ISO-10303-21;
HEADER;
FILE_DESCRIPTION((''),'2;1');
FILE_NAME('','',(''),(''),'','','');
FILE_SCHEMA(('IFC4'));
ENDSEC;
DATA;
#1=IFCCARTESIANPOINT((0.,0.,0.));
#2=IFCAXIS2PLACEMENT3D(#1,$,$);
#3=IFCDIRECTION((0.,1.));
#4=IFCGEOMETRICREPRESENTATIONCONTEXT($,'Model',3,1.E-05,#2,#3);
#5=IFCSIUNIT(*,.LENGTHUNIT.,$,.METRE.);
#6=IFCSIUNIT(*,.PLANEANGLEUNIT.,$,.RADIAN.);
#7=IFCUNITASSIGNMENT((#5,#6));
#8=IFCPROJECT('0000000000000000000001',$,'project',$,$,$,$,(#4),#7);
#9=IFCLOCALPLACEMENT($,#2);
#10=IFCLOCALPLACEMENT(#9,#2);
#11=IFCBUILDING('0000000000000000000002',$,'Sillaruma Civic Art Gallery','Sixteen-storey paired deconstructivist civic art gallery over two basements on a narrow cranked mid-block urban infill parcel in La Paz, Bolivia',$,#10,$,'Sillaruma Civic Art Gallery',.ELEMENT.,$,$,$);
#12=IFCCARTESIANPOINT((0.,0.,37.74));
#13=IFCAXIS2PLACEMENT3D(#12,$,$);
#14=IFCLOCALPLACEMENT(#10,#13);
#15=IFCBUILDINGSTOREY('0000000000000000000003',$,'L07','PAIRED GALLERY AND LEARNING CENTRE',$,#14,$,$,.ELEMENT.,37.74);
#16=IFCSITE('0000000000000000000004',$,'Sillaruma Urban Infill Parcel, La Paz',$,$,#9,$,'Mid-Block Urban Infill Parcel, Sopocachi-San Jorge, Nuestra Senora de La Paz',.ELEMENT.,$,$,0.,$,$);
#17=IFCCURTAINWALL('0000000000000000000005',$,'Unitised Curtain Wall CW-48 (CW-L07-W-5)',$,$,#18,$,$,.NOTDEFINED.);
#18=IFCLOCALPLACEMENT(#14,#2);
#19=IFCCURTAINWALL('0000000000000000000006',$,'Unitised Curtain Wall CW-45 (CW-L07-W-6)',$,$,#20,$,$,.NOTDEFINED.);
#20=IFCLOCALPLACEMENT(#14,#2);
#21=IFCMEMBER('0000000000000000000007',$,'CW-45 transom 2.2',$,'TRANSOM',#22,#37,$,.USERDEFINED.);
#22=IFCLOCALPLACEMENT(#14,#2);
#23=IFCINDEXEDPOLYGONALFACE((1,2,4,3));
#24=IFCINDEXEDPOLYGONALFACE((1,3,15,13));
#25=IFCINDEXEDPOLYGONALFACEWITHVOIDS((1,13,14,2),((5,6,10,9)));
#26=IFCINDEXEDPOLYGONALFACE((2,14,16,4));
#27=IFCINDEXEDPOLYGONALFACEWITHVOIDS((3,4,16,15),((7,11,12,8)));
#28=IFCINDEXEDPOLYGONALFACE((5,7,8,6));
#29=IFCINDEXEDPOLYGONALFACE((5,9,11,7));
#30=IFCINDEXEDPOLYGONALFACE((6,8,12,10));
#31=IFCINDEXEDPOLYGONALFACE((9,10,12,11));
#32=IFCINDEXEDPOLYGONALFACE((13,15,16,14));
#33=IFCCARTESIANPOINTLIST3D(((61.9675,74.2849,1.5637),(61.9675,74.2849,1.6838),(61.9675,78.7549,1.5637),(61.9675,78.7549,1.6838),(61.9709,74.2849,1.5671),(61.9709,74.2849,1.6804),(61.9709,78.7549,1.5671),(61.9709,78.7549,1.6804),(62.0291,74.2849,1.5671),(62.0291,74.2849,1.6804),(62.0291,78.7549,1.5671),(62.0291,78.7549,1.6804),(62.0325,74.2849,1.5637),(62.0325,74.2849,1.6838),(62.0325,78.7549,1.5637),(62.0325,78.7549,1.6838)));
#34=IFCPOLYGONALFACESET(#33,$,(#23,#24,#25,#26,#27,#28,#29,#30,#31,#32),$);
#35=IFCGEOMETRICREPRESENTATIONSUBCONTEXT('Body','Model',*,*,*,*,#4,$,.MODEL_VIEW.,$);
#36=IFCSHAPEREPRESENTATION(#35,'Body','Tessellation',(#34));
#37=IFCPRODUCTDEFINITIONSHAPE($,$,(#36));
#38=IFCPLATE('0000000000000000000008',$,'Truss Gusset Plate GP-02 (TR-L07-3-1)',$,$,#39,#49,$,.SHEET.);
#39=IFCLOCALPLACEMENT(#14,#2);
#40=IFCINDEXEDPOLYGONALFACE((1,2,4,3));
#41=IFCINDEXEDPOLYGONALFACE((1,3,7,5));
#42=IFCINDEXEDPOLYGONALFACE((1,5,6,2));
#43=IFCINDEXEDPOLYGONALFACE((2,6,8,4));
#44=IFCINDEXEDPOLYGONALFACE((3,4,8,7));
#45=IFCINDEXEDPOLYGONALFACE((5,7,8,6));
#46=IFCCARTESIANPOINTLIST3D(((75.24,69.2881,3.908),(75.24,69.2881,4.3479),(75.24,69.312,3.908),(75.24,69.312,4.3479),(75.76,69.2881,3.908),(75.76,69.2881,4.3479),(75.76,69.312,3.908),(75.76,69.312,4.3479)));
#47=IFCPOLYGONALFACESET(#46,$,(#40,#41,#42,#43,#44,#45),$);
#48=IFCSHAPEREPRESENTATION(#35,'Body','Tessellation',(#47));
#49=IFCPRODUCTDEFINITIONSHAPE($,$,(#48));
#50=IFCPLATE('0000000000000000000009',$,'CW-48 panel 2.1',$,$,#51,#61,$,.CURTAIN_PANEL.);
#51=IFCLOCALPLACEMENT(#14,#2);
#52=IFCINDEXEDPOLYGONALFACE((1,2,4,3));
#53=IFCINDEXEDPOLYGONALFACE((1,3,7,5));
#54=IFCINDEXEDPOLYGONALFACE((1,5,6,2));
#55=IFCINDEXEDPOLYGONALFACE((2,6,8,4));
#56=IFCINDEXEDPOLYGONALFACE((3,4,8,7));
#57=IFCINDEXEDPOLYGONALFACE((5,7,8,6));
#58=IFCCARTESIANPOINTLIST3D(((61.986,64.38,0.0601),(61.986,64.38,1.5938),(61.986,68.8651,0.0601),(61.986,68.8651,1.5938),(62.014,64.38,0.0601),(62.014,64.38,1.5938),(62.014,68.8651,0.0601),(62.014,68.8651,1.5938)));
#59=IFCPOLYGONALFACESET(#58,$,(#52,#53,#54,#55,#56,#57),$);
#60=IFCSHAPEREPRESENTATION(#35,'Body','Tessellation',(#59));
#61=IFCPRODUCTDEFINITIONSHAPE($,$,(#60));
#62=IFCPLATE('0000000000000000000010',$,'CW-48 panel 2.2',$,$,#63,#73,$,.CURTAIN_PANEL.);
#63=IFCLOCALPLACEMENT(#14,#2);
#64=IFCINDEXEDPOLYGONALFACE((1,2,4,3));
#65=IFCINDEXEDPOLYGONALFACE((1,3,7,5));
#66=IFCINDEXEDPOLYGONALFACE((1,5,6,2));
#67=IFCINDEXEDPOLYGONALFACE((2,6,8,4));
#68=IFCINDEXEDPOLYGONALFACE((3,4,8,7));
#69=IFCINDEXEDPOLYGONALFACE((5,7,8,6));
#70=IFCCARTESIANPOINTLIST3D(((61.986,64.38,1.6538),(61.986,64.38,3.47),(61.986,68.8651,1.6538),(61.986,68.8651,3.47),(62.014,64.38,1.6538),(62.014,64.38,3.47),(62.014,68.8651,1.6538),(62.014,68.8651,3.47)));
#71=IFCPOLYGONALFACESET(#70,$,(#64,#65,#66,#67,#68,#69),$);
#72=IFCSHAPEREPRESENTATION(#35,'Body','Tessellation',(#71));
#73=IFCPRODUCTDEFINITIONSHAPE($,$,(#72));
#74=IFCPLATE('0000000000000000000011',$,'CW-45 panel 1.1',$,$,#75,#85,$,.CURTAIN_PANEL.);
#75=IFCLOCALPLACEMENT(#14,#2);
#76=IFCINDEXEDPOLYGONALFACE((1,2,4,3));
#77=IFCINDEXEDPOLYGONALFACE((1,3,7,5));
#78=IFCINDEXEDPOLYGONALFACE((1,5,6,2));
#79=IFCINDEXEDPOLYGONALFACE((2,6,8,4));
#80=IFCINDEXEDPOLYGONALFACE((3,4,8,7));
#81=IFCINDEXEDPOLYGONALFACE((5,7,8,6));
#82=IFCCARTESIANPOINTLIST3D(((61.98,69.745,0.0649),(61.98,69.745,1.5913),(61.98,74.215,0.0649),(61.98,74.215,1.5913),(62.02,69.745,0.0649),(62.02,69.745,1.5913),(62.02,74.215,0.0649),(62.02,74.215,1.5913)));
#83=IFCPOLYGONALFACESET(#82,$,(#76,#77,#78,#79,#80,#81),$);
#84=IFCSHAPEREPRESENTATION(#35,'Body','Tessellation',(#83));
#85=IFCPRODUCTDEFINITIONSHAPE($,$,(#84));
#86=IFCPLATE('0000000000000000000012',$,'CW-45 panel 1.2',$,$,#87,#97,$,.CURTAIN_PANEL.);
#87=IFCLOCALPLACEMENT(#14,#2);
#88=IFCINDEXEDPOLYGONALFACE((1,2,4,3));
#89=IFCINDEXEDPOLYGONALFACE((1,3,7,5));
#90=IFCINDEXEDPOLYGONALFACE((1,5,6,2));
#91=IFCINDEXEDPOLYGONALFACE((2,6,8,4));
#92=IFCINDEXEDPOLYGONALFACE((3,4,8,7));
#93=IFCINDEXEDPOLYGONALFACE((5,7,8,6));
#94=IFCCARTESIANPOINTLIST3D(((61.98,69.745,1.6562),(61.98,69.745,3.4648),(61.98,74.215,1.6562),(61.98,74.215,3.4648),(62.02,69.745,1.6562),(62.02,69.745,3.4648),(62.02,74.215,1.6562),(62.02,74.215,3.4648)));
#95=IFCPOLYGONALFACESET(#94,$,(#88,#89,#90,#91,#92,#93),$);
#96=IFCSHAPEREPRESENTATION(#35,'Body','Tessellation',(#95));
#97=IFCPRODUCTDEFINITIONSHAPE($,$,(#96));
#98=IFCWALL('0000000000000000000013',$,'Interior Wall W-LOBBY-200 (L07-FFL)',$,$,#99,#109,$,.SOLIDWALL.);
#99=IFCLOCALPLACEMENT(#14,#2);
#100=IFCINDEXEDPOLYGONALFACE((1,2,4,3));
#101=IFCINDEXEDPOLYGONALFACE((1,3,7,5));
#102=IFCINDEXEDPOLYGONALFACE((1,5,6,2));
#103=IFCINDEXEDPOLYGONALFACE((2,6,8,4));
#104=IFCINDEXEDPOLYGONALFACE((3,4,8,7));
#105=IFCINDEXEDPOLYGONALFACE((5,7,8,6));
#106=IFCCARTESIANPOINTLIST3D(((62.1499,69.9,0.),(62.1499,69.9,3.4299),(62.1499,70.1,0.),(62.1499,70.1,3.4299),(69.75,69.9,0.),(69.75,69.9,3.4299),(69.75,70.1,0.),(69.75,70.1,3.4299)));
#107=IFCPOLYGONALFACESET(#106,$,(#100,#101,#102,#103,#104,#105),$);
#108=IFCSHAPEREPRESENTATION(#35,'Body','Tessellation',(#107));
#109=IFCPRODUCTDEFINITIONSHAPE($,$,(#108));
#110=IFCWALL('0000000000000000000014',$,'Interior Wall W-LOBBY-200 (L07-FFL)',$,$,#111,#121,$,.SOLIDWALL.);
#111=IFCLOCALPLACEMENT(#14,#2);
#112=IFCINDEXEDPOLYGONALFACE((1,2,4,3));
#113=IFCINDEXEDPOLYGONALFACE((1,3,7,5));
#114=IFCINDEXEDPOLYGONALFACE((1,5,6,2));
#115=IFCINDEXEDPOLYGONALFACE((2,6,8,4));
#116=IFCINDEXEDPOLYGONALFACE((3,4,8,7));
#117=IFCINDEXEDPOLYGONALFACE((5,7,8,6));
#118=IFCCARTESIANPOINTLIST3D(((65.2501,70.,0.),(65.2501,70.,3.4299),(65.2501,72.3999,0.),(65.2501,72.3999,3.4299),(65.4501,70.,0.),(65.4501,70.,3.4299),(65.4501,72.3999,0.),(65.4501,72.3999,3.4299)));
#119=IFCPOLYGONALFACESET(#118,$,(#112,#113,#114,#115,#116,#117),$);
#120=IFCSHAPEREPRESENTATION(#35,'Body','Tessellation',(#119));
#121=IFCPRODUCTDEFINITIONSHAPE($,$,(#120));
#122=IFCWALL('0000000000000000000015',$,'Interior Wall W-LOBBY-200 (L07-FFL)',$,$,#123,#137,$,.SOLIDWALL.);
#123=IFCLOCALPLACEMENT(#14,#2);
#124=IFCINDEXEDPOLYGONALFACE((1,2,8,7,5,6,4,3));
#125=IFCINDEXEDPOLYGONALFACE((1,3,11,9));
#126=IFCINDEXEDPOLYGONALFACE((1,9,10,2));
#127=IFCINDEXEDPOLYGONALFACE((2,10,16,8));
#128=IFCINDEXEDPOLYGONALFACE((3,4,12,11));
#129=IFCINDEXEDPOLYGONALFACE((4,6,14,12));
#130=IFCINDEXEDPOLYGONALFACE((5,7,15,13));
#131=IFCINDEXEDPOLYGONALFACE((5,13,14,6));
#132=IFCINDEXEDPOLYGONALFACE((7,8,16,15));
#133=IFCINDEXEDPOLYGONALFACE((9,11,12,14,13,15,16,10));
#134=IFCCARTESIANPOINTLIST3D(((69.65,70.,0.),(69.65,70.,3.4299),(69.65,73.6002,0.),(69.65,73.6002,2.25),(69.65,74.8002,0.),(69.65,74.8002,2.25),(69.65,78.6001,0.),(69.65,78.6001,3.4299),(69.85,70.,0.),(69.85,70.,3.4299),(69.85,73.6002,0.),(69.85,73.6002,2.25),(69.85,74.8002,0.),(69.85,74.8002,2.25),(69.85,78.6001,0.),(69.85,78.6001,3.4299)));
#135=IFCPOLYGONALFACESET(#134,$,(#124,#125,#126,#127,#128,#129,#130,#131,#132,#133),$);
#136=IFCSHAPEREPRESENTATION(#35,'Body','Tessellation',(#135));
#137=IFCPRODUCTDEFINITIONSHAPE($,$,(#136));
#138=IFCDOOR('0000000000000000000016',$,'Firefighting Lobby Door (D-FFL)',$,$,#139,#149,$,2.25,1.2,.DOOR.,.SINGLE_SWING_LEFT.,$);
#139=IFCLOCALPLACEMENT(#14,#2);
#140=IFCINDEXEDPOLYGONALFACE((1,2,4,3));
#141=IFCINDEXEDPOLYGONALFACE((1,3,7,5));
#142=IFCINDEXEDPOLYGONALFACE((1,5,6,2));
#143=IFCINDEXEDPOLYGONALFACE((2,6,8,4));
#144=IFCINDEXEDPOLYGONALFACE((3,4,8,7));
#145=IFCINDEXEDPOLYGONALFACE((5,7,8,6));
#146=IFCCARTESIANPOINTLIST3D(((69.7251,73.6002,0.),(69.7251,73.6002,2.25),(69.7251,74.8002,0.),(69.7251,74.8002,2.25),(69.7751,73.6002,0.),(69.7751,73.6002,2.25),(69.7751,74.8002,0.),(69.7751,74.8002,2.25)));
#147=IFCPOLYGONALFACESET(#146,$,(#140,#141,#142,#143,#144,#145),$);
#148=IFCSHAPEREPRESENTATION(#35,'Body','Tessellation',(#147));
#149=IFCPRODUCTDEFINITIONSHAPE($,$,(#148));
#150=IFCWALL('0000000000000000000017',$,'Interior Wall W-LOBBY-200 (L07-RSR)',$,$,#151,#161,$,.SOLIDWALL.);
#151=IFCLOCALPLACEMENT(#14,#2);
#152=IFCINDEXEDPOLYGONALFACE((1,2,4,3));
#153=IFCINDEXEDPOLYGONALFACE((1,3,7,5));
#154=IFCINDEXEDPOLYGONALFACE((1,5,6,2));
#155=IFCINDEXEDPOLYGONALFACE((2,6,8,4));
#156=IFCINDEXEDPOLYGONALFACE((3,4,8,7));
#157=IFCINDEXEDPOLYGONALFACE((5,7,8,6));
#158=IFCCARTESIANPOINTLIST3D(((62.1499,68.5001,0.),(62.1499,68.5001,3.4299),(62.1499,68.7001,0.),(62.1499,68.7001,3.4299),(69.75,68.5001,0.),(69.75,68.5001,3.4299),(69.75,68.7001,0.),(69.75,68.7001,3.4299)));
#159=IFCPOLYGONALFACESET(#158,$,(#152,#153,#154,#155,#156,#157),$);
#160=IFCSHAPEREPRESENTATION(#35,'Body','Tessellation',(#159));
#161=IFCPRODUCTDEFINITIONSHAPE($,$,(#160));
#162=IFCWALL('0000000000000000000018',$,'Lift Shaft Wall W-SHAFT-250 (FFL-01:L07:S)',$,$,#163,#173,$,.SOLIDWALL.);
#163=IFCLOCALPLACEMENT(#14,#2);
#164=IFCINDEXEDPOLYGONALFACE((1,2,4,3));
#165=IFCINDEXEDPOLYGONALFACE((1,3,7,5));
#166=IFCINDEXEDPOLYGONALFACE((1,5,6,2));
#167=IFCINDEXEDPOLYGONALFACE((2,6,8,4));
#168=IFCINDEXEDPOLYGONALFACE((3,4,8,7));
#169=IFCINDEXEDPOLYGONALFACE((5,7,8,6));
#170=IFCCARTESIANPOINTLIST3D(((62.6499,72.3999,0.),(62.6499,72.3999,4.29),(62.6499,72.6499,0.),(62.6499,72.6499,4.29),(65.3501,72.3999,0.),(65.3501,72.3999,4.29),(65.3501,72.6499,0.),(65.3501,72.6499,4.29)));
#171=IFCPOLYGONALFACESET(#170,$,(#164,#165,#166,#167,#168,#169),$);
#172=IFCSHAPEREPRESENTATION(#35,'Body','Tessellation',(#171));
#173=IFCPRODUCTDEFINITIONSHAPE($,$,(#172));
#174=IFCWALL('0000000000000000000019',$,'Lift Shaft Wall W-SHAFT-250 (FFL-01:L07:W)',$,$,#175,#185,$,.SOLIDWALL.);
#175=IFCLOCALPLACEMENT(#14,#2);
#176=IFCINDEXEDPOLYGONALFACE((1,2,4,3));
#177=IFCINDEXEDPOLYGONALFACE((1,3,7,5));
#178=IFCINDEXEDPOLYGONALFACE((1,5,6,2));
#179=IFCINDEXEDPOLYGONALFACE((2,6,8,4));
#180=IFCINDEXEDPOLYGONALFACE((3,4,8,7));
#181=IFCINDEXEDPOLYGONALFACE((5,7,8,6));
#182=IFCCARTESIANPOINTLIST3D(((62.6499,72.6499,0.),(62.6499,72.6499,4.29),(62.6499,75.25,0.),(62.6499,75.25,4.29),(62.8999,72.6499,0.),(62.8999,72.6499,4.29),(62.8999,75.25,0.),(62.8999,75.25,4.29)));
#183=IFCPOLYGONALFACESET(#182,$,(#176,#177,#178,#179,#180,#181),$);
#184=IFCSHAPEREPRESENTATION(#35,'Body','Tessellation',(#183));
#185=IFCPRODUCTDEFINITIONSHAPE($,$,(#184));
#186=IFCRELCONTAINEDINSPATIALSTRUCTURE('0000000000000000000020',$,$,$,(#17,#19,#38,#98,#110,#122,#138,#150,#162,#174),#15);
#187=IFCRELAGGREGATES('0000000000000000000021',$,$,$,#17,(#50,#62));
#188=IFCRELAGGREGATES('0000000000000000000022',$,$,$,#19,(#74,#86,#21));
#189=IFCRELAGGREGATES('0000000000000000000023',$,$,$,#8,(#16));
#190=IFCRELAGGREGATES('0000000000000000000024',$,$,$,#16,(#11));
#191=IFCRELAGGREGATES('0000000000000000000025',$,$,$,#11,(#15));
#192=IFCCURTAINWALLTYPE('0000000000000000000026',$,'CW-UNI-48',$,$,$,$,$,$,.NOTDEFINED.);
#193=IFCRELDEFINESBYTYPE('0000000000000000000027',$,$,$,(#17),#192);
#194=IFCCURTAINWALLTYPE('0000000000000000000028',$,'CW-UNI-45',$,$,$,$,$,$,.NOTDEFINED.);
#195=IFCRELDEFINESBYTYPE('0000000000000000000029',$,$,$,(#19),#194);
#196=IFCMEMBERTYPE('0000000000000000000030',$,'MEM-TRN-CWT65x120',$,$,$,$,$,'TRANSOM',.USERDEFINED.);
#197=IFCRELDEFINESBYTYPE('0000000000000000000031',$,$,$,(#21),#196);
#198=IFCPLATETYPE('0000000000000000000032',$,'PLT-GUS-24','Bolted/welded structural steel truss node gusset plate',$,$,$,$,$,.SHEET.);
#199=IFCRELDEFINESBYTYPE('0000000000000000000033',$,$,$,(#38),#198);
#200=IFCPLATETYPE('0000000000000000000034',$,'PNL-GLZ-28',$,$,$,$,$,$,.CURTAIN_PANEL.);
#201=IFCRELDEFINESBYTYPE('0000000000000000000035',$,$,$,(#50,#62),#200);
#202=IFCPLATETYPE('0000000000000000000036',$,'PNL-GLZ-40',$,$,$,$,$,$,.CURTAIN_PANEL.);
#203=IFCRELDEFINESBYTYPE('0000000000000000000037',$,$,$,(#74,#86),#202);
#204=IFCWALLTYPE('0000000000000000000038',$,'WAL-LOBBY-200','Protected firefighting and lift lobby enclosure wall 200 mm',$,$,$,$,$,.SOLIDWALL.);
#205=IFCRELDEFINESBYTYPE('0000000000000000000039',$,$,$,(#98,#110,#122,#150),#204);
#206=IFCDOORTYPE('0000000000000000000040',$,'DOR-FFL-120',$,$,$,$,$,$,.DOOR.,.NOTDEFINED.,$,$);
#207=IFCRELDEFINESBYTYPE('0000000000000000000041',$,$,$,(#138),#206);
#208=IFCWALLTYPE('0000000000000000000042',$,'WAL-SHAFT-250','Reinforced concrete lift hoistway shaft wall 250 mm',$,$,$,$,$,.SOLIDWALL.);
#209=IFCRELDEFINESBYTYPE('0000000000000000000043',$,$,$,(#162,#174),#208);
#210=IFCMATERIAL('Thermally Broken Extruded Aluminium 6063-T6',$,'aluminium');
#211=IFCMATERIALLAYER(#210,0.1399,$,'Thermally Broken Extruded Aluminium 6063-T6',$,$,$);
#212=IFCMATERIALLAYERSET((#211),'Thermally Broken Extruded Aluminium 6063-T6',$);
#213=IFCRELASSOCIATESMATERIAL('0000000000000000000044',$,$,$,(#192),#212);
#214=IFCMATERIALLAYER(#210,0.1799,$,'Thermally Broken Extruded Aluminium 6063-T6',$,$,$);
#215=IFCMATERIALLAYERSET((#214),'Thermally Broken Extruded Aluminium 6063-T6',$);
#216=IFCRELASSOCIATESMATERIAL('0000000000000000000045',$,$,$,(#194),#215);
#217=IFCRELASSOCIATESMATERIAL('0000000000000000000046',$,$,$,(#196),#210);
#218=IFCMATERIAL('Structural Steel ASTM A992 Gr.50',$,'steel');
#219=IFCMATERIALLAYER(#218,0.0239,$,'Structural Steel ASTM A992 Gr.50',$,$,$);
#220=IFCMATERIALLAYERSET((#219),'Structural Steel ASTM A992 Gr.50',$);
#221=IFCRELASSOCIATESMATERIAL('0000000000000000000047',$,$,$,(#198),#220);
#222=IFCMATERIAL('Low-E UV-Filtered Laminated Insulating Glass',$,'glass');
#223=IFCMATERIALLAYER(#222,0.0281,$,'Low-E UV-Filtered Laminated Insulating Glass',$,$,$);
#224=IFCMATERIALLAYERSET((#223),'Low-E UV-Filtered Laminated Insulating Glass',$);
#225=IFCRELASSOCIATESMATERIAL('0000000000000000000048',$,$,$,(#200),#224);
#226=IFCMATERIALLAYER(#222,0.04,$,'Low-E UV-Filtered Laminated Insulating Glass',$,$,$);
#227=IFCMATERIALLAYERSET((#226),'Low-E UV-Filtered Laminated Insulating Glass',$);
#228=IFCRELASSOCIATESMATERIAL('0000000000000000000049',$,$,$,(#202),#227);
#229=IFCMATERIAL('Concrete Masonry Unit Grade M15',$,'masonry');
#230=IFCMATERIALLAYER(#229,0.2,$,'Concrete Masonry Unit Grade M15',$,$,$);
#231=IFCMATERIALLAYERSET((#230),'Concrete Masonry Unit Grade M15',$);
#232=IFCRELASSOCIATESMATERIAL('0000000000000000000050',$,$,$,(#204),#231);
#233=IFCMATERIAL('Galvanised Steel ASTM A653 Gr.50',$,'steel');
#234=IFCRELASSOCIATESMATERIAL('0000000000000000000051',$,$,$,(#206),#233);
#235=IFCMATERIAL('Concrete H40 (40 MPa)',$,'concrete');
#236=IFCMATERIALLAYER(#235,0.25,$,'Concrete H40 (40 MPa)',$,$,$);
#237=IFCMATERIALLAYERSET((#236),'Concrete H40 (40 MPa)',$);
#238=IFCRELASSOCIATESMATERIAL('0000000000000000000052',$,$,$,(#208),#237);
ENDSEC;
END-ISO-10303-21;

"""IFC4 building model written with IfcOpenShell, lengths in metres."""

from ifc_helpers import new_model, si_unit, direction, frame, frame_2d, origin, origin_2d, place, context, subcontext, project, spatial, rectangle, hollow_rectangle, extrude, material, layer, layer_set, material_profile, profile_set, type_object, element, fill, aggregate, save


model = new_model("IFC4")

# Units and contexts
model_context = context("Model", 3, precision=1e-05, world=origin(), true_north=direction((0.0, 1.0)))
body_context = subcontext(model_context, "Body", "Model", "MODEL_VIEW")
ifc_project = project(units=[si_unit("LENGTHUNIT", "METRE"), si_unit("PLANEANGLEUNIT", "RADIAN")], contexts=[model_context])

# Site, building, storey
site_placement = place(None, origin())
site = spatial("IfcSite", under=ifc_project, at=site_placement, Name="Sillaruma Urban Infill Parcel, La Paz", LongName="Mid-Block Urban Infill Parcel, Sopocachi-San Jorge, Nuestra Senora de La Paz", CompositionType="ELEMENT", RefElevation=0.0)
building_placement = place(site_placement, origin())
building = spatial("IfcBuilding", under=site, at=building_placement, Name="Sillaruma Civic Art Gallery", Description="Sixteen-storey paired deconstructivist civic art gallery over two basements on a narrow cranked mid-block urban infill parcel in La Paz, Bolivia", LongName="Sillaruma Civic Art Gallery", CompositionType="ELEMENT")
storey_placement = place(building_placement, frame((0.0, 0.0, 37.74)))
storey = spatial("IfcBuildingStorey", under=building, at=storey_placement, Name="L07", Description="PAIRED GALLERY AND LEARNING CENTRE", CompositionType="ELEMENT", Elevation=37.74)

# Shared definitions
ifc_material_1 = material(Name="Concrete H40 (40 MPa)", Category="concrete")

# Shared definitions
ifc_material_2 = material(Name="Structural Steel ASTM A992 Gr.50", Category="steel")

# Curtain walls
ifc_material_3 = material(Name="Thermally Broken Extruded Aluminium 6063-T6", Category="aluminium")
ifc_layer_1 = layer(ifc_material_3, 0.1399, Name="Thermally Broken Extruded Aluminium 6063-T6")
ifc_layer_set_1 = layer_set([ifc_layer_1], Name="Thermally Broken Extruded Aluminium 6063-T6")
curtain_wall_type_1 = type_object("IfcCurtainWallType", Name="CW-UNI-48", PredefinedType="NOTDEFINED", material=ifc_layer_set_1)
curtain_wall_1_placement = place(storey_placement, origin())
curtain_wall_1 = element("IfcCurtainWall", 1, at=curtain_wall_1_placement, inside=storey, type_object=curtain_wall_type_1, Name="Unitised Curtain Wall CW-48 (CW-L07-W-5)", PredefinedType="NOTDEFINED")
ifc_layer_2 = layer(ifc_material_3, 0.1799, Name="Thermally Broken Extruded Aluminium 6063-T6")
ifc_layer_set_2 = layer_set([ifc_layer_2], Name="Thermally Broken Extruded Aluminium 6063-T6")
curtain_wall_type_2 = type_object("IfcCurtainWallType", Name="CW-UNI-45", PredefinedType="NOTDEFINED", material=ifc_layer_set_2)
curtain_wall_2_placement = place(storey_placement, origin())
curtain_wall_2 = element("IfcCurtainWall", 2, at=curtain_wall_2_placement, inside=storey, type_object=curtain_wall_type_2, Name="Unitised Curtain Wall CW-45 (CW-L07-W-6)", PredefinedType="NOTDEFINED")

# Member
ifc_material_profile_1 = material_profile(ifc_material_3, hollow_rectangle(XDim=0.0649, YDim=0.1201, WallThickness=0.0034, at=origin_2d()), Name="CWT65x120")
ifc_profile_set_1 = profile_set([ifc_material_profile_1], Name="Thermally Broken Extruded Aluminium 6063-T6")
member_type_1 = type_object("IfcMemberType", Name="MEM-TRN-CWT65x120", ElementType="TRANSOM", PredefinedType="USERDEFINED", material=ifc_profile_set_1)
member_1_placement = place(storey_placement, frame((62.0, 74.2849, 1.6238), z_axis=(0.0, 1.0, 0.0), x_axis=(-1.0, 0.0, 0.0)))
member_1 = element("IfcMember", 3, at=member_1_placement, type_object=member_type_1, Name="CW-45 transom 2.2", ObjectType="TRANSOM", PredefinedType="USERDEFINED", context=body_context, shape_type="SweptSolid", body=[
    extrude(hollow_rectangle(XDim=0.0649, YDim=0.1201, WallThickness=0.0034, at=origin_2d()), origin(), (0.0, 0.0, 1.0), 4.47),
])

# Plates
ifc_layer_3 = layer(ifc_material_2, 0.0239, Name="Structural Steel ASTM A992 Gr.50")
ifc_layer_set_3 = layer_set([ifc_layer_3], Name="Structural Steel ASTM A992 Gr.50")
plate_type_1 = type_object("IfcPlateType", Name="PLT-GUS-24", Description="Bolted/welded structural steel truss node gusset plate", PredefinedType="SHEET", material=ifc_layer_set_3)
plate_1_placement = place(storey_placement, frame((75.5, 69.3, 3.908), z_axis=(0.0, 0.0, 1.0), x_axis=(1.0, 0.0, 0.0)))
element("IfcPlate", 4, at=plate_1_placement, inside=storey, type_object=plate_type_1, Name="Truss Gusset Plate GP-02 (TR-L07-3-1)", PredefinedType="SHEET", context=body_context, shape_type="SweptSolid", body=[
    extrude(rectangle(XDim=0.52, YDim=0.0239, at=origin_2d()), origin(), (0.0, 0.0, 1.0), 0.4399),
])
ifc_material_4 = material(Name="Low-E UV-Filtered Laminated Insulating Glass", Category="glass")
ifc_layer_4 = layer(ifc_material_4, 0.0281, Name="Low-E UV-Filtered Laminated Insulating Glass")
ifc_layer_set_4 = layer_set([ifc_layer_4], Name="Low-E UV-Filtered Laminated Insulating Glass")
plate_type_2 = type_object("IfcPlateType", Name="PNL-GLZ-28", PredefinedType="CURTAIN_PANEL", material=ifc_layer_set_4)
plate_2_placement = place(storey_placement, frame((62.0, 66.6226, 0.0601), z_axis=(0.0, 0.0, 1.0), x_axis=(0.0, 1.0, 0.0)))
plate_2 = element("IfcPlate", 5, at=plate_2_placement, type_object=plate_type_2, Name="CW-48 panel 2.1", PredefinedType="CURTAIN_PANEL", context=body_context, shape_type="SweptSolid", body=[
    extrude(rectangle(XDim=4.4851, YDim=0.0281, at=origin_2d()), origin(), (0.0, 0.0, 1.0), 1.5337),
])
plate_3_placement = place(storey_placement, frame((62.0, 66.6226, 1.6538), z_axis=(0.0, 0.0, 1.0), x_axis=(0.0, 1.0, 0.0)))
plate_3 = element("IfcPlate", 6, at=plate_3_placement, type_object=plate_type_2, Name="CW-48 panel 2.2", PredefinedType="CURTAIN_PANEL", context=body_context, shape_type="SweptSolid", body=[
    extrude(rectangle(XDim=4.4851, YDim=0.0281, at=origin_2d()), origin(), (0.0, 0.0, 1.0), 1.8162),
])
aggregate(curtain_wall_1, [plate_2, plate_3])
ifc_layer_5 = layer(ifc_material_4, 0.04, Name="Low-E UV-Filtered Laminated Insulating Glass")
ifc_layer_set_5 = layer_set([ifc_layer_5], Name="Low-E UV-Filtered Laminated Insulating Glass")
plate_type_3 = type_object("IfcPlateType", Name="PNL-GLZ-40", PredefinedType="CURTAIN_PANEL", material=ifc_layer_set_5)
plate_4_placement = place(storey_placement, frame((62.0, 71.98, 0.0649), z_axis=(0.0, 0.0, 1.0), x_axis=(0.0, 1.0, 0.0)))
plate_4 = element("IfcPlate", 7, at=plate_4_placement, type_object=plate_type_3, Name="CW-45 panel 1.1", PredefinedType="CURTAIN_PANEL", context=body_context, shape_type="SweptSolid", body=[
    extrude(rectangle(XDim=4.47, YDim=0.04, at=origin_2d()), origin(), (0.0, 0.0, 1.0), 1.5264),
])
plate_5_placement = place(storey_placement, frame((62.0, 71.98, 1.6562), z_axis=(0.0, 0.0, 1.0), x_axis=(0.0, 1.0, 0.0)))
plate_5 = element("IfcPlate", 8, at=plate_5_placement, type_object=plate_type_3, Name="CW-45 panel 1.2", PredefinedType="CURTAIN_PANEL", context=body_context, shape_type="SweptSolid", body=[
    extrude(rectangle(XDim=4.47, YDim=0.04, at=origin_2d()), origin(), (0.0, 0.0, 1.0), 1.8086),
])
aggregate(curtain_wall_2, [plate_4, plate_5, member_1])

# Walls
ifc_material_5 = material(Name="Concrete Masonry Unit Grade M15", Category="masonry")
ifc_layer_6 = layer(ifc_material_5, 0.2, Name="Concrete Masonry Unit Grade M15")
ifc_layer_set_6 = layer_set([ifc_layer_6], Name="Concrete Masonry Unit Grade M15")
wall_type_1 = type_object("IfcWallType", Name="WAL-LOBBY-200", Description="Protected firefighting and lift lobby enclosure wall 200 mm", PredefinedType="SOLIDWALL", material=ifc_layer_set_6)
wall_1_placement = place(storey_placement, frame((62.1499, 70.0, 0.0), z_axis=(0.0, 0.0, 1.0), x_axis=(1.0, 0.0, 0.0)))
element("IfcWall", 9, at=wall_1_placement, inside=storey, type_object=wall_type_1, Name="Interior Wall W-LOBBY-200 (L07-FFL)", PredefinedType="SOLIDWALL", context=body_context, shape_type="SweptSolid", body=[
    extrude(rectangle(XDim=7.6001, YDim=0.2, at=frame_2d((3.8, 0.0))), origin(), (0.0, 0.0, 1.0), 3.4299),
])
wall_2_placement = place(storey_placement, frame((65.3501, 70.0, 0.0), z_axis=(0.0, 0.0, 1.0), x_axis=(0.0, 1.0, 0.0)))
element("IfcWall", 10, at=wall_2_placement, inside=storey, type_object=wall_type_1, Name="Interior Wall W-LOBBY-200 (L07-FFL)", PredefinedType="SOLIDWALL", context=body_context, shape_type="SweptSolid", body=[
    extrude(rectangle(XDim=2.3999, YDim=0.2, at=frame_2d((1.2, 0.0))), origin(), (0.0, 0.0, 1.0), 3.4299),
])

# Wall, opening, door
wall_3_placement = place(storey_placement, frame((69.75, 70.0, 0.0), z_axis=(0.0, 0.0, 1.0), x_axis=(0.0, 1.0, 0.0)))
wall_3 = element("IfcWall", 11, at=wall_3_placement, inside=storey, type_object=wall_type_1, Name="Interior Wall W-LOBBY-200 (L07-FFL)", PredefinedType="SOLIDWALL", context=body_context, shape_type="SweptSolid", body=[
    extrude(rectangle(XDim=8.6001, YDim=0.2, at=frame_2d((4.3, 0.0))), origin(), (0.0, 0.0, 1.0), 3.4299),
])
opening_1_placement = place(wall_3_placement, frame((3.6001, 0.0, 0.0)))
opening_1 = element("IfcOpeningElement", 12, at=opening_1_placement, cuts=wall_3, PredefinedType="OPENING", context=body_context, shape_type="SweptSolid", body=[
    extrude(rectangle(XDim=1.2, YDim=2.25, at=frame_2d((0.6001, 1.125))), frame((0.0, 0.1099, 0.0), z_axis=(0.0, -1.0, 0.0), x_axis=(1.0, 0.0, 0.0)), (0.0, 0.0, 1.0), 0.22),
])
ifc_material_6 = material(Name="Galvanised Steel ASTM A653 Gr.50", Category="steel")
door_type_1 = type_object("IfcDoorType", Name="DOR-FFL-120", OperationType="NOTDEFINED", PredefinedType="DOOR", material=ifc_material_6)
door_1_placement = place(opening_1_placement, origin())
door_1 = element("IfcDoor", 13, at=door_1_placement, inside=storey, type_object=door_type_1, Name="Firefighting Lobby Door (D-FFL)", OperationType="SINGLE_SWING_LEFT", OverallHeight=2.25, OverallWidth=1.2, PredefinedType="DOOR", context=body_context, shape_type="SweptSolid", body=[
    extrude(rectangle(XDim=1.2, YDim=2.25, at=frame_2d((0.6001, 1.125))), frame((0.0, 0.0249, 0.0), z_axis=(0.0, -1.0, 0.0), x_axis=(1.0, 0.0, 0.0)), (0.0, 0.0, 1.0), 0.05),
])
fill(opening_1, door_1)

# Walls
wall_4_placement = place(storey_placement, frame((62.1499, 68.6001, 0.0), z_axis=(0.0, 0.0, 1.0), x_axis=(1.0, 0.0, 0.0)))
element("IfcWall", 14, at=wall_4_placement, inside=storey, type_object=wall_type_1, Name="Interior Wall W-LOBBY-200 (L07-RSR)", PredefinedType="SOLIDWALL", context=body_context, shape_type="SweptSolid", body=[
    extrude(rectangle(XDim=7.6001, YDim=0.2, at=frame_2d((3.8, 0.0))), origin(), (0.0, 0.0, 1.0), 3.4299),
])
ifc_layer_7 = layer(ifc_material_1, 0.25, Name="Concrete H40 (40 MPa)")
ifc_layer_set_7 = layer_set([ifc_layer_7], Name="Concrete H40 (40 MPa)")
wall_type_2 = type_object("IfcWallType", Name="WAL-SHAFT-250", Description="Reinforced concrete lift hoistway shaft wall 250 mm", PredefinedType="SOLIDWALL", material=ifc_layer_set_7)
wall_5_placement = place(storey_placement, frame((62.6499, 72.5249, 0.0), z_axis=(0.0, 0.0, 1.0), x_axis=(1.0, 0.0, 0.0)))
element("IfcWall", 15, at=wall_5_placement, inside=storey, type_object=wall_type_2, Name="Lift Shaft Wall W-SHAFT-250 (FFL-01:L07:S)", PredefinedType="SOLIDWALL", context=body_context, shape_type="SweptSolid", body=[
    extrude(rectangle(XDim=2.7002, YDim=0.25, at=frame_2d((1.3501, 0.0))), origin(), (0.0, 0.0, 1.0), 4.29),
])
wall_6_placement = place(storey_placement, frame((62.7749, 72.6499, 0.0), z_axis=(0.0, 0.0, 1.0), x_axis=(0.0, 1.0, 0.0)))
element("IfcWall", 16, at=wall_6_placement, inside=storey, type_object=wall_type_2, Name="Lift Shaft Wall W-SHAFT-250 (FFL-01:L07:W)", PredefinedType="SOLIDWALL", context=body_context, shape_type="SweptSolid", body=[
    extrude(rectangle(XDim=2.6001, YDim=0.25, at=frame_2d((1.3, 0.0))), origin(), (0.0, 0.0, 1.0), 4.29),
])

save(model, "model.ifc")
